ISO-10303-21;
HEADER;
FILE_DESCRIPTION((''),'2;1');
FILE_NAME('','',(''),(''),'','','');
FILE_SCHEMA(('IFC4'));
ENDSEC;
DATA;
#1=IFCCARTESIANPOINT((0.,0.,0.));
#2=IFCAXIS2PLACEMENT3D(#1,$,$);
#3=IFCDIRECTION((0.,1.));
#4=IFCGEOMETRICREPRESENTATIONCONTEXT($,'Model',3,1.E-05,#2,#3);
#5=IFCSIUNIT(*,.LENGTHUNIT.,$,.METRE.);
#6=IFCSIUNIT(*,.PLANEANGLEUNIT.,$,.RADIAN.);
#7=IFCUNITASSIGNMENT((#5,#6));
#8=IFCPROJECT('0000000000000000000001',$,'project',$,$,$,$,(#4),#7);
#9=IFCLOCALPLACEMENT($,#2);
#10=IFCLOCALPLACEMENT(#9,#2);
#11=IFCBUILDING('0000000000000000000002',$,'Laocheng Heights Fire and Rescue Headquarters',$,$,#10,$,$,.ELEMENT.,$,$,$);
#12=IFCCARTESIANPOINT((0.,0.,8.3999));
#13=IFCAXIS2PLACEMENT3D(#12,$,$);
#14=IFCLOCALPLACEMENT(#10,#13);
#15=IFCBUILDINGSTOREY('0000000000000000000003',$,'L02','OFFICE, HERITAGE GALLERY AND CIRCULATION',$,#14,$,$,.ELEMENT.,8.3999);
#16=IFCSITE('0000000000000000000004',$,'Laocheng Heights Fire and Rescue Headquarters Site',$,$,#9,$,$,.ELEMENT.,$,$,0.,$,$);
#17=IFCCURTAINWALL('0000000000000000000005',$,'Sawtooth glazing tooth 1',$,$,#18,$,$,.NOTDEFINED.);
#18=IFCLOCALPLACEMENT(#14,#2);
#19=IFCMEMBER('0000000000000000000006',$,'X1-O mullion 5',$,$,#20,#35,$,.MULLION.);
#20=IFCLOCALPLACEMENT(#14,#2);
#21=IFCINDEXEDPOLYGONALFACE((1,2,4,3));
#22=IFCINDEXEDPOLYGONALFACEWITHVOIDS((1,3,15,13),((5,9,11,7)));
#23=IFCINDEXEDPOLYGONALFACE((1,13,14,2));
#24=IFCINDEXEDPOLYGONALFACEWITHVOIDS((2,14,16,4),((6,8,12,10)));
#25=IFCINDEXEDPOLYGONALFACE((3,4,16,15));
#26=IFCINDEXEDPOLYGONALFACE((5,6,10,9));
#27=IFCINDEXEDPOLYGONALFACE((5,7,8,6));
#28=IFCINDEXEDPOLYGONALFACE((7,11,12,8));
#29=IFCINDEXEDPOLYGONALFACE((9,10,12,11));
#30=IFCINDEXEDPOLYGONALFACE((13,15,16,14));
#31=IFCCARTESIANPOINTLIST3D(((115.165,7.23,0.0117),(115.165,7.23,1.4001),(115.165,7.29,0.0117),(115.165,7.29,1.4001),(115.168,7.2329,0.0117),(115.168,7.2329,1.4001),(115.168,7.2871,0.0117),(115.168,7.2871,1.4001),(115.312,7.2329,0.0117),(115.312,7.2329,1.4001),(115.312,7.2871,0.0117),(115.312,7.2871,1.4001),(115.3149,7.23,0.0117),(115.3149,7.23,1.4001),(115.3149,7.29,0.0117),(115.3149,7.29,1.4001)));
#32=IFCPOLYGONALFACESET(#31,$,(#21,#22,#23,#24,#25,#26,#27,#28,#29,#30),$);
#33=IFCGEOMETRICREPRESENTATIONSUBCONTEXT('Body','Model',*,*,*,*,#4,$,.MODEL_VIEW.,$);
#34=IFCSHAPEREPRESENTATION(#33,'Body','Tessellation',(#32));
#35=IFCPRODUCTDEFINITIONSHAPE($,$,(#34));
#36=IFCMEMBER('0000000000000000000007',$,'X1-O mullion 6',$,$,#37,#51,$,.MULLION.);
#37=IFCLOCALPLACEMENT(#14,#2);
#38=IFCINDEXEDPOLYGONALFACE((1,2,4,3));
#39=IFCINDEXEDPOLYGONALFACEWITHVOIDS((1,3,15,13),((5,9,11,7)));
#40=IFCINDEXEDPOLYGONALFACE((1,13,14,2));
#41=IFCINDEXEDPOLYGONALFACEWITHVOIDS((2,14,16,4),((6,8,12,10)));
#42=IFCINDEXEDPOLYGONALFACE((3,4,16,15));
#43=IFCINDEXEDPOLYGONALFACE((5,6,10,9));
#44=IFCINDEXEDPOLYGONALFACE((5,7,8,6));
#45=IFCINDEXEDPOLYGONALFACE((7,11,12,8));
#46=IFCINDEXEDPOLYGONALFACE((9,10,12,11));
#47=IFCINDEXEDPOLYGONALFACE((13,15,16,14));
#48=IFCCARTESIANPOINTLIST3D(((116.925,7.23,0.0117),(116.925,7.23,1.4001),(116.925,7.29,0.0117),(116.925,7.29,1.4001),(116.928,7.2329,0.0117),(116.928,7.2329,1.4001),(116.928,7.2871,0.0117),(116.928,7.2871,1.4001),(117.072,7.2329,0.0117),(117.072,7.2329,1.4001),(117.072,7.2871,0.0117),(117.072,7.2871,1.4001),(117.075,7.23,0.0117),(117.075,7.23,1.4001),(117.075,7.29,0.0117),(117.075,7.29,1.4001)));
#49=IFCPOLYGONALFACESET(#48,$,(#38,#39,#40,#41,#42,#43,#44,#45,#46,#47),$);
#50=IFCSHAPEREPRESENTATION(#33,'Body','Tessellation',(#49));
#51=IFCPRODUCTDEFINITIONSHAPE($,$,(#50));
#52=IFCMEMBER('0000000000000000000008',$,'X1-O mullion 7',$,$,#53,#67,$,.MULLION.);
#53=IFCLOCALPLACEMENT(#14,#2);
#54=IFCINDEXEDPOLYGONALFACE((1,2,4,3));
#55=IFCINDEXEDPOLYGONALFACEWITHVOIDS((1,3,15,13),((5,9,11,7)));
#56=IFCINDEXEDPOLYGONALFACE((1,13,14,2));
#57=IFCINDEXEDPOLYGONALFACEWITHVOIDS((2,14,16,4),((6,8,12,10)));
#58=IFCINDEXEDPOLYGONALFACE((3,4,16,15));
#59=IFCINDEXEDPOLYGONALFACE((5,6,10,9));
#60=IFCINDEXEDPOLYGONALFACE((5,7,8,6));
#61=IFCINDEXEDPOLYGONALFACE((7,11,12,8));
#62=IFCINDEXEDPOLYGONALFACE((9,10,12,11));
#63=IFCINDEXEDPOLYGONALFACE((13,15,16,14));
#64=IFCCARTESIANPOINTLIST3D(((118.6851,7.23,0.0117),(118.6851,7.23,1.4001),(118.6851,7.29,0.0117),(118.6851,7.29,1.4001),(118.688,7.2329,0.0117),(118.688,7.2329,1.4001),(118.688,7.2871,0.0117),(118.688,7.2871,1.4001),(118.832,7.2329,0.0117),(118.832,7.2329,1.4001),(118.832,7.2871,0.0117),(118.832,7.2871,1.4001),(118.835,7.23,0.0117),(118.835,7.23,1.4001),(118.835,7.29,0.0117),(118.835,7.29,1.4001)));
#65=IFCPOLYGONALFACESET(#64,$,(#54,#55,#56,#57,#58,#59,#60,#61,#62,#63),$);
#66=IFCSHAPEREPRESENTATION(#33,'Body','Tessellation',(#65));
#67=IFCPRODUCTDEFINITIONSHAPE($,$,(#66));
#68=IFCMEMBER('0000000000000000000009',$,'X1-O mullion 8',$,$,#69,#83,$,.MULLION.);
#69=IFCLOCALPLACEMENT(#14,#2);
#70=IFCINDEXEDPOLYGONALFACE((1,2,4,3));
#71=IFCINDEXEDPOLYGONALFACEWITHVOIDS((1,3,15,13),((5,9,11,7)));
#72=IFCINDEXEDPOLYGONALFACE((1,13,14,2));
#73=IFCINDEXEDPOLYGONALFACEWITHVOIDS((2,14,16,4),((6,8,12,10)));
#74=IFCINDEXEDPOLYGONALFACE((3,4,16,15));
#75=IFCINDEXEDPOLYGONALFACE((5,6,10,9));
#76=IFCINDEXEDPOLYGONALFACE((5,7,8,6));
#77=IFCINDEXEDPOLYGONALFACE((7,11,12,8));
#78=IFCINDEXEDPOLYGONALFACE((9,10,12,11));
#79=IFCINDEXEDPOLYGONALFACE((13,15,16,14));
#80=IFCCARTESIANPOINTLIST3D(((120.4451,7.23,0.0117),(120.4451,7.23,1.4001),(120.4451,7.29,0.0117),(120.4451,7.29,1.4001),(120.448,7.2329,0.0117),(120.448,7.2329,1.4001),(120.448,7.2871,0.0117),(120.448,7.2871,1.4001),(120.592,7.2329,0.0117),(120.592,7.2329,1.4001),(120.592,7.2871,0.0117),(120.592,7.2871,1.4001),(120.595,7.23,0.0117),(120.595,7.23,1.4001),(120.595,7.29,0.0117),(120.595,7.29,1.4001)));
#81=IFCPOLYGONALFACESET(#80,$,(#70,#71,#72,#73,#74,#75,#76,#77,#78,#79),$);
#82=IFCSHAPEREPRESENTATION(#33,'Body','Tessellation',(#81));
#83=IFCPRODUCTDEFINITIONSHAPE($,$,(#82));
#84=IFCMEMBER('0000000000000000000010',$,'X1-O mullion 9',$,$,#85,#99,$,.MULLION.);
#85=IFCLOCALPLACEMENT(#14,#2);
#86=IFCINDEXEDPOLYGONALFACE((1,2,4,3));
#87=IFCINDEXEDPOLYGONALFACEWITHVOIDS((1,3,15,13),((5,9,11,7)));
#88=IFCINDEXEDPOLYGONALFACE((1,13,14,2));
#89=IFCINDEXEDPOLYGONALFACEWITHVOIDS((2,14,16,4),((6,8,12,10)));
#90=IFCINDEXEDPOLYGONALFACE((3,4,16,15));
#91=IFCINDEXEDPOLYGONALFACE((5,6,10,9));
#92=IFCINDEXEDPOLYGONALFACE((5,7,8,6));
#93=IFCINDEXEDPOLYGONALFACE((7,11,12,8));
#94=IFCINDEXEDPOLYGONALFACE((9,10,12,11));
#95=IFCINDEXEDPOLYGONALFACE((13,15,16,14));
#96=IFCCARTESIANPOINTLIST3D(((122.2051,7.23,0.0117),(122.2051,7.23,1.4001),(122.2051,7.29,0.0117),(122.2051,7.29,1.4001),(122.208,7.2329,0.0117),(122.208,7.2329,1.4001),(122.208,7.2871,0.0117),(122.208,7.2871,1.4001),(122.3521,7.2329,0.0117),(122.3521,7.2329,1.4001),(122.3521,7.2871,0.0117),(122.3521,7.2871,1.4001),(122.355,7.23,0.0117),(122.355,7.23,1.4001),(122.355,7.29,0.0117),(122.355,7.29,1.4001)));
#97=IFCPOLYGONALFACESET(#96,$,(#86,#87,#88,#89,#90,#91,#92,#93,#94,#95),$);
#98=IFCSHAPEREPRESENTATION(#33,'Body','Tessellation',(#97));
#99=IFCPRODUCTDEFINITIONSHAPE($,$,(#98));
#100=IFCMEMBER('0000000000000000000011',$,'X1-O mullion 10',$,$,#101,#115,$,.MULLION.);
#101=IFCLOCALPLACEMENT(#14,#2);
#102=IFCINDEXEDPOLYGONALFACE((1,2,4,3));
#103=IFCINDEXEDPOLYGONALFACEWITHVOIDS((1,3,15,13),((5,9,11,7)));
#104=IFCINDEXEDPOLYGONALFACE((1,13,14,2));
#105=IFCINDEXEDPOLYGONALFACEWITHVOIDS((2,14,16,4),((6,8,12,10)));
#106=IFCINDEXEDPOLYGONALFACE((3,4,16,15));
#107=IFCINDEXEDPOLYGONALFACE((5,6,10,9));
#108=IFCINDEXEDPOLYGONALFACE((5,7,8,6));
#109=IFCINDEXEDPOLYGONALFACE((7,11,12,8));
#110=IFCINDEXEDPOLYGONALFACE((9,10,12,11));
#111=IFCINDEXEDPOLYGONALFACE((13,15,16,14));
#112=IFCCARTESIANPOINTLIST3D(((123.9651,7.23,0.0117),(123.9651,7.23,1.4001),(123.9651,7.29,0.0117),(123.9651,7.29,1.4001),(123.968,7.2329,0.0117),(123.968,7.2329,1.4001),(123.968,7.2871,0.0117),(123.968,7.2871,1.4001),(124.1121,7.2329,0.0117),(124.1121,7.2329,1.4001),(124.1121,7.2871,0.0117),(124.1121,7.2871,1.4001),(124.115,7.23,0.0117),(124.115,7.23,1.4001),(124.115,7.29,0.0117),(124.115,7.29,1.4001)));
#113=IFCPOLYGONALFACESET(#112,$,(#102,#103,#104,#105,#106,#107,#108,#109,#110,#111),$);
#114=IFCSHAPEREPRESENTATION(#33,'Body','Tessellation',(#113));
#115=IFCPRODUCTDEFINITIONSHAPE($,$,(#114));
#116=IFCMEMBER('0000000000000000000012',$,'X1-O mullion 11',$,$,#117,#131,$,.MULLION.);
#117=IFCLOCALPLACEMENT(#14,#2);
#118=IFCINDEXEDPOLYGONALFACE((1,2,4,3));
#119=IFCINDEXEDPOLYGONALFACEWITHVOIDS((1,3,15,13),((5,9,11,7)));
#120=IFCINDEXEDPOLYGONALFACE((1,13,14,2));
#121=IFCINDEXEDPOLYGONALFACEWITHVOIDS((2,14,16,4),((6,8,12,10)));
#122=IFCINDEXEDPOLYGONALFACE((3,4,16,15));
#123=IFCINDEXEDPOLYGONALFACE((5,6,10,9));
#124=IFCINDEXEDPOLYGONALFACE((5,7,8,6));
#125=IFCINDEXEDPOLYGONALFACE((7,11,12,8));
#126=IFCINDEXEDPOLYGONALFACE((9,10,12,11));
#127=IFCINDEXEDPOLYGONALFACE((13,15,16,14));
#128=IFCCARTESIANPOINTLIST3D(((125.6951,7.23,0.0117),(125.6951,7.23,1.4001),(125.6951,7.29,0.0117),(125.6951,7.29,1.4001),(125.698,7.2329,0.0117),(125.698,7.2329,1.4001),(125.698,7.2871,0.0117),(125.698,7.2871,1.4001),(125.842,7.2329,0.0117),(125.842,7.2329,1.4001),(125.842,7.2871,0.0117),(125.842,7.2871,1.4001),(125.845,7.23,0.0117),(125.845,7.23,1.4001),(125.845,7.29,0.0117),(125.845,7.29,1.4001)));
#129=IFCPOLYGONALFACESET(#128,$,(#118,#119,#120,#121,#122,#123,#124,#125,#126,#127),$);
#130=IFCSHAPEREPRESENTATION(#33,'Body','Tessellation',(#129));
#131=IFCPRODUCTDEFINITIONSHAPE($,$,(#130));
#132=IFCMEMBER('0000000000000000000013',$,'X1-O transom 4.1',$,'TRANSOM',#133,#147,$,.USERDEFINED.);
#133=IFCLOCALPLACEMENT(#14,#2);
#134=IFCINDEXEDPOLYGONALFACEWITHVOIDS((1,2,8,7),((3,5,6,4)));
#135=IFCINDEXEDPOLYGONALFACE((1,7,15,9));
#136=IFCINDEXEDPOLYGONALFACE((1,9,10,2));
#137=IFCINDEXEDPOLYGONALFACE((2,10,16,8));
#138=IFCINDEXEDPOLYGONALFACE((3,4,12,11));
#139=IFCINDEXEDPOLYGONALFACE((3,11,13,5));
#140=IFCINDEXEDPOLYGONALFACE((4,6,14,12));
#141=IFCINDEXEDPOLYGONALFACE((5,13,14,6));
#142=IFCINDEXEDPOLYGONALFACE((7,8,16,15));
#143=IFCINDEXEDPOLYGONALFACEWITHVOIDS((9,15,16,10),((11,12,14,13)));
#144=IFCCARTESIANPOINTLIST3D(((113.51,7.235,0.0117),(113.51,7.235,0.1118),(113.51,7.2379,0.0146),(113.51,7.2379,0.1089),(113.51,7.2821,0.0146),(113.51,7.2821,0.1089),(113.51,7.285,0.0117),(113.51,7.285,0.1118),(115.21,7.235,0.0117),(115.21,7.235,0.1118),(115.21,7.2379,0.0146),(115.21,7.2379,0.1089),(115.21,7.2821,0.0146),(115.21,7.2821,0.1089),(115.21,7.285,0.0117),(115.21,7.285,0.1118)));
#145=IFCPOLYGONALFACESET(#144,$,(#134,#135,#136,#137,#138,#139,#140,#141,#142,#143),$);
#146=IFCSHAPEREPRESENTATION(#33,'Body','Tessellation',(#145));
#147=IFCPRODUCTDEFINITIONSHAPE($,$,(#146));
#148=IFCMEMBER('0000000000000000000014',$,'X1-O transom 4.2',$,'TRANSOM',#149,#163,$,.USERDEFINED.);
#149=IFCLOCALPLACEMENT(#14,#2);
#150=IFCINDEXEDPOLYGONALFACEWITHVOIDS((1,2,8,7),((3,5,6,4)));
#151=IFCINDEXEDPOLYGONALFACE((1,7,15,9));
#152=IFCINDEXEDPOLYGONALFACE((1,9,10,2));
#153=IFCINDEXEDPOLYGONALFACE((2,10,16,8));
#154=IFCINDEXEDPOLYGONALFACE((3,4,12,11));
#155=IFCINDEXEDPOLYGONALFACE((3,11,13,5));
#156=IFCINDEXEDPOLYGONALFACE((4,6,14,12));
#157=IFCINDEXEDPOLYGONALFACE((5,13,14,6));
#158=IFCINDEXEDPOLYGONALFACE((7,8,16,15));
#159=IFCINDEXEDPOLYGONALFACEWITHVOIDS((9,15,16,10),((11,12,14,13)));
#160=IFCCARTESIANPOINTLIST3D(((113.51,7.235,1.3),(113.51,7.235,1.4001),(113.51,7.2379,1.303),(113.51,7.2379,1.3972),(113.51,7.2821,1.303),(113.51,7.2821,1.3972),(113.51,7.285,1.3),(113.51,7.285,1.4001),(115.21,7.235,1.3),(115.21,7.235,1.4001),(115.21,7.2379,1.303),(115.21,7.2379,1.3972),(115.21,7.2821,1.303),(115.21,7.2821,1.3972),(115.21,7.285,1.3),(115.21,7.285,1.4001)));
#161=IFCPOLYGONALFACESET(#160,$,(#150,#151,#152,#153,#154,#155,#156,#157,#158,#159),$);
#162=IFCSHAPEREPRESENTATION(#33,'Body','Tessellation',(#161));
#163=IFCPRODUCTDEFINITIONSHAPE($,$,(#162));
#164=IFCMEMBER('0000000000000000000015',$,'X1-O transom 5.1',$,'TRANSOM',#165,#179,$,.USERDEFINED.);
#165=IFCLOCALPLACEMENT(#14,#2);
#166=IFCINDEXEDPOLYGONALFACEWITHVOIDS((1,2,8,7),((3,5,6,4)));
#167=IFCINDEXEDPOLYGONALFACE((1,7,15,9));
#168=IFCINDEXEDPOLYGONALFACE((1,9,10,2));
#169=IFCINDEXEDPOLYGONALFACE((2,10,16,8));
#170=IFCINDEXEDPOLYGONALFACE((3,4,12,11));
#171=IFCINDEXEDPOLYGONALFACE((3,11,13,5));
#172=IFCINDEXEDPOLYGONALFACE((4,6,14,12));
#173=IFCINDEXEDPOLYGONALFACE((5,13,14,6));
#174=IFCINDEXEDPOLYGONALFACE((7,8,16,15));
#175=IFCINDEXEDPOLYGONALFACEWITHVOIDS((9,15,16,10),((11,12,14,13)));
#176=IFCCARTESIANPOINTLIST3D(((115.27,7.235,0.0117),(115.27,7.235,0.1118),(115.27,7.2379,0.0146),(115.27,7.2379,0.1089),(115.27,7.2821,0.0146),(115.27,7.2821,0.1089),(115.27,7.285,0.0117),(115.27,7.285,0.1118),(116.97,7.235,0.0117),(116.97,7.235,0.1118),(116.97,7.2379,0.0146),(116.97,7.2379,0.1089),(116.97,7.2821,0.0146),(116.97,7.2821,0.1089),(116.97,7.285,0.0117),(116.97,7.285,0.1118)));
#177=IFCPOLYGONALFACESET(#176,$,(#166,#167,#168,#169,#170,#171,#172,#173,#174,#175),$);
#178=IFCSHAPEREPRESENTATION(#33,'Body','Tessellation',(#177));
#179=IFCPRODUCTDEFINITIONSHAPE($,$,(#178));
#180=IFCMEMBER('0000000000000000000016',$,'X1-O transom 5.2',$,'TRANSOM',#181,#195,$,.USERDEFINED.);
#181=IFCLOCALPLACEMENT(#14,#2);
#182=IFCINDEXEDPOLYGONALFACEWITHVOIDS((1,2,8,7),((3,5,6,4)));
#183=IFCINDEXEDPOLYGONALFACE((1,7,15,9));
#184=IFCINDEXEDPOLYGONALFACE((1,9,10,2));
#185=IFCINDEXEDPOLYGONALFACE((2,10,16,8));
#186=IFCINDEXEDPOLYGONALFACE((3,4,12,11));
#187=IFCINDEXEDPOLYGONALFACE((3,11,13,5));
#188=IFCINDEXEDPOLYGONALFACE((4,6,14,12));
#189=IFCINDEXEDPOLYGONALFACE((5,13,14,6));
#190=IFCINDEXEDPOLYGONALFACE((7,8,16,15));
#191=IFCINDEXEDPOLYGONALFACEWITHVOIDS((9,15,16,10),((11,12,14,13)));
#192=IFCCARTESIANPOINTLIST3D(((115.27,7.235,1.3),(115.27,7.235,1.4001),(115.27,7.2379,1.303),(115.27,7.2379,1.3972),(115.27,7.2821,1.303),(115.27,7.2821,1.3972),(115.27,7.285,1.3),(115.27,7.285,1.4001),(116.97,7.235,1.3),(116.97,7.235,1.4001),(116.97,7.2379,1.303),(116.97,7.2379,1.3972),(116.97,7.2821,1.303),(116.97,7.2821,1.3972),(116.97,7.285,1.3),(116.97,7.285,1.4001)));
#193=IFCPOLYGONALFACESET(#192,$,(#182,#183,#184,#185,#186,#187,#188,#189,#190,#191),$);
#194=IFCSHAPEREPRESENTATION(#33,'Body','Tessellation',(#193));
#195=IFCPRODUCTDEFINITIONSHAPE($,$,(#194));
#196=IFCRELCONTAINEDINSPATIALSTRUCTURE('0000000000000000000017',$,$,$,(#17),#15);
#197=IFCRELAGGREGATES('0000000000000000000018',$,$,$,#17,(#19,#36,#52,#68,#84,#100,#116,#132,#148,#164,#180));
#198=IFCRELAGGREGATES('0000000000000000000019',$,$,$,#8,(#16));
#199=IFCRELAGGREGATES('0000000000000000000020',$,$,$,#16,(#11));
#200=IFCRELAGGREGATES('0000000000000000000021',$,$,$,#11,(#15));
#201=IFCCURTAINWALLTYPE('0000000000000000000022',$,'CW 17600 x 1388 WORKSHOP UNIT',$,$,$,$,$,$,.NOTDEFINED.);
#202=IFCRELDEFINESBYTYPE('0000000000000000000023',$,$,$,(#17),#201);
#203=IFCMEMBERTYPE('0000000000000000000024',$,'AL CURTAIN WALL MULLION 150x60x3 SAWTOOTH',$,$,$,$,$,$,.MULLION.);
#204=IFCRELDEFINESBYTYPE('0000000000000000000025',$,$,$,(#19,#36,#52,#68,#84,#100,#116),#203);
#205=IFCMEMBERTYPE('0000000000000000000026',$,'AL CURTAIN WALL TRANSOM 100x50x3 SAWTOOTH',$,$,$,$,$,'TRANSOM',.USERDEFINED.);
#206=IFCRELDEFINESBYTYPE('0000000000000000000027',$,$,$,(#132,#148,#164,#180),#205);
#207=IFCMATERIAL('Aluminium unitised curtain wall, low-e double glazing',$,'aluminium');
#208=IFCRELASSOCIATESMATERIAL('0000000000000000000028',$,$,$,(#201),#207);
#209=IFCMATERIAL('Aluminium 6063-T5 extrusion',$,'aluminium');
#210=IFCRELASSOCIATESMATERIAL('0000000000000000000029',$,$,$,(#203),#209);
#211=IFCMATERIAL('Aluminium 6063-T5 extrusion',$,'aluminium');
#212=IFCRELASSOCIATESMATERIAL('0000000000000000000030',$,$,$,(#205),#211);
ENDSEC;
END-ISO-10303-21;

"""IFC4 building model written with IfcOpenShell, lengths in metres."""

from ifc_helpers import new_model, si_unit, direction, frame, origin, origin_2d, place, context, subcontext, project, spatial, hollow_rectangle, extrude, material, material_profile, profile_set, type_object, element, aggregate, save


model = new_model("IFC4")

# Units and contexts
model_context = context("Model", 3, precision=1e-05, world=origin(), true_north=direction((0.0, 1.0)))
body_context = subcontext(model_context, "Body", "Model", "MODEL_VIEW")
ifc_project = project(units=[si_unit("LENGTHUNIT", "METRE"), si_unit("PLANEANGLEUNIT", "RADIAN")], contexts=[model_context])

# Site, building, storey
site_placement = place(None, origin())
site = spatial("IfcSite", under=ifc_project, at=site_placement, Name="Laocheng Heights Fire and Rescue Headquarters Site", CompositionType="ELEMENT", RefElevation=0.0)
building_placement = place(site_placement, origin())
building = spatial("IfcBuilding", under=site, at=building_placement, Name="Laocheng Heights Fire and Rescue Headquarters", CompositionType="ELEMENT")
storey_placement = place(building_placement, frame((0.0, 0.0, 8.3999)))
storey = spatial("IfcBuildingStorey", under=building, at=storey_placement, Name="L02", Description="OFFICE, HERITAGE GALLERY AND CIRCULATION", CompositionType="ELEMENT", Elevation=8.3999)

# Curtain wall, members
ifc_material_1 = material(Name="Aluminium unitised curtain wall, low-e double glazing", Category="aluminium")
curtain_wall_type = type_object("IfcCurtainWallType", Name="CW 17600 x 1388 WORKSHOP UNIT", PredefinedType="NOTDEFINED", material=ifc_material_1)
curtain_wall_placement = place(storey_placement, origin())
curtain_wall = element("IfcCurtainWall", 1, at=curtain_wall_placement, inside=storey, type_object=curtain_wall_type, Name="Sawtooth glazing tooth 1", PredefinedType="NOTDEFINED")
ifc_material_2 = material(Name="Aluminium 6063-T5 extrusion", Category="aluminium")
ifc_material_profile_1 = material_profile(ifc_material_2, hollow_rectangle(XDim=0.0601, YDim=0.1499, WallThickness=0.0029, at=origin_2d()), Name="AL MULLION 150x60x3")
ifc_profile_set_1 = profile_set([ifc_material_profile_1], Name="Aluminium 6063-T5 extrusion")
member_type_1 = type_object("IfcMemberType", Name="AL CURTAIN WALL MULLION 150x60x3 SAWTOOTH", PredefinedType="MULLION", material=ifc_profile_set_1)
member_1_placement = place(storey_placement, frame((115.24, 7.26, 0.0117), z_axis=(0.0, 0.0, 1.0), x_axis=(0.0, 1.0, 0.0)))
member_1 = element("IfcMember", 2, at=member_1_placement, type_object=member_type_1, Name="X1-O mullion 5", PredefinedType="MULLION", context=body_context, shape_type="SweptSolid", body=[
    extrude(hollow_rectangle(XDim=0.0601, YDim=0.1499, WallThickness=0.0029, at=origin_2d()), origin(), (0.0, 0.0, 1.0), 1.3884),
])
member_2_placement = place(storey_placement, frame((117.0, 7.26, 0.0117), z_axis=(0.0, 0.0, 1.0), x_axis=(0.0, 1.0, 0.0)))
member_2 = element("IfcMember", 3, at=member_2_placement, type_object=member_type_1, Name="X1-O mullion 6", PredefinedType="MULLION", context=body_context, shape_type="SweptSolid", body=[
    extrude(hollow_rectangle(XDim=0.0601, YDim=0.1499, WallThickness=0.0029, at=origin_2d()), origin(), (0.0, 0.0, 1.0), 1.3884),
])
member_3_placement = place(storey_placement, frame((118.76, 7.26, 0.0117), z_axis=(0.0, 0.0, 1.0), x_axis=(0.0, 1.0, 0.0)))
member_3 = element("IfcMember", 4, at=member_3_placement, type_object=member_type_1, Name="X1-O mullion 7", PredefinedType="MULLION", context=body_context, shape_type="SweptSolid", body=[
    extrude(hollow_rectangle(XDim=0.0601, YDim=0.1499, WallThickness=0.0029, at=origin_2d()), origin(), (0.0, 0.0, 1.0), 1.3884),
])
member_4_placement = place(storey_placement, frame((120.52, 7.26, 0.0117), z_axis=(0.0, 0.0, 1.0), x_axis=(0.0, 1.0, 0.0)))
member_4 = element("IfcMember", 5, at=member_4_placement, type_object=member_type_1, Name="X1-O mullion 8", PredefinedType="MULLION", context=body_context, shape_type="SweptSolid", body=[
    extrude(hollow_rectangle(XDim=0.0601, YDim=0.1499, WallThickness=0.0029, at=origin_2d()), origin(), (0.0, 0.0, 1.0), 1.3884),
])
member_5_placement = place(storey_placement, frame((122.28, 7.26, 0.0117), z_axis=(0.0, 0.0, 1.0), x_axis=(0.0, 1.0, 0.0)))
member_5 = element("IfcMember", 6, at=member_5_placement, type_object=member_type_1, Name="X1-O mullion 9", PredefinedType="MULLION", context=body_context, shape_type="SweptSolid", body=[
    extrude(hollow_rectangle(XDim=0.0601, YDim=0.1499, WallThickness=0.0029, at=origin_2d()), origin(), (0.0, 0.0, 1.0), 1.3884),
])
member_6_placement = place(storey_placement, frame((124.04, 7.26, 0.0117), z_axis=(0.0, 0.0, 1.0), x_axis=(0.0, 1.0, 0.0)))
member_6 = element("IfcMember", 7, at=member_6_placement, type_object=member_type_1, Name="X1-O mullion 10", PredefinedType="MULLION", context=body_context, shape_type="SweptSolid", body=[
    extrude(hollow_rectangle(XDim=0.0601, YDim=0.1499, WallThickness=0.0029, at=origin_2d()), origin(), (0.0, 0.0, 1.0), 1.3884),
])
member_7_placement = place(storey_placement, frame((125.77, 7.26, 0.0117), z_axis=(0.0, 0.0, 1.0), x_axis=(0.0, 1.0, 0.0)))
member_7 = element("IfcMember", 8, at=member_7_placement, type_object=member_type_1, Name="X1-O mullion 11", PredefinedType="MULLION", context=body_context, shape_type="SweptSolid", body=[
    extrude(hollow_rectangle(XDim=0.0601, YDim=0.1499, WallThickness=0.0029, at=origin_2d()), origin(), (0.0, 0.0, 1.0), 1.3884),
])
ifc_material_3 = material(Name="Aluminium 6063-T5 extrusion", Category="aluminium")
ifc_material_profile_2 = material_profile(ifc_material_3, hollow_rectangle(XDim=0.05, YDim=0.1001, WallThickness=0.0029, at=origin_2d()), Name="AL TRANSOM 100x50x3")
ifc_profile_set_2 = profile_set([ifc_material_profile_2], Name="Aluminium 6063-T5 extrusion")
member_type_2 = type_object("IfcMemberType", Name="AL CURTAIN WALL TRANSOM 100x50x3 SAWTOOTH", ElementType="TRANSOM", PredefinedType="USERDEFINED", material=ifc_profile_set_2)
member_8_placement = place(storey_placement, frame((113.51, 7.26, 0.0618), z_axis=(1.0, 0.0, 0.0), x_axis=(0.0, 1.0, 0.0)))
member_8 = element("IfcMember", 9, at=member_8_placement, type_object=member_type_2, Name="X1-O transom 4.1", ObjectType="TRANSOM", PredefinedType="USERDEFINED", context=body_context, shape_type="SweptSolid", body=[
    extrude(hollow_rectangle(XDim=0.05, YDim=0.1001, WallThickness=0.0029, at=origin_2d()), origin(), (0.0, 0.0, 1.0), 1.7),
])
member_9_placement = place(storey_placement, frame((113.51, 7.26, 1.3501), z_axis=(1.0, 0.0, 0.0), x_axis=(0.0, 1.0, 0.0)))
member_9 = element("IfcMember", 10, at=member_9_placement, type_object=member_type_2, Name="X1-O transom 4.2", ObjectType="TRANSOM", PredefinedType="USERDEFINED", context=body_context, shape_type="SweptSolid", body=[
    extrude(hollow_rectangle(XDim=0.05, YDim=0.1001, WallThickness=0.0029, at=origin_2d()), origin(), (0.0, 0.0, 1.0), 1.7),
])
member_10_placement = place(storey_placement, frame((115.27, 7.26, 0.0618), z_axis=(1.0, 0.0, 0.0), x_axis=(0.0, 1.0, 0.0)))
member_10 = element("IfcMember", 11, at=member_10_placement, type_object=member_type_2, Name="X1-O transom 5.1", ObjectType="TRANSOM", PredefinedType="USERDEFINED", context=body_context, shape_type="SweptSolid", body=[
    extrude(hollow_rectangle(XDim=0.05, YDim=0.1001, WallThickness=0.0029, at=origin_2d()), origin(), (0.0, 0.0, 1.0), 1.7),
])
member_11_placement = place(storey_placement, frame((115.27, 7.26, 1.3501), z_axis=(1.0, 0.0, 0.0), x_axis=(0.0, 1.0, 0.0)))
member_11 = element("IfcMember", 12, at=member_11_placement, type_object=member_type_2, Name="X1-O transom 5.2", ObjectType="TRANSOM", PredefinedType="USERDEFINED", context=body_context, shape_type="SweptSolid", body=[
    extrude(hollow_rectangle(XDim=0.05, YDim=0.1001, WallThickness=0.0029, at=origin_2d()), origin(), (0.0, 0.0, 1.0), 1.7),
])
aggregate(curtain_wall, [member_1, member_2, member_3, member_4, member_5, member_6, member_7, member_8, member_9, member_10, member_11])

save(model, "model.ifc")
